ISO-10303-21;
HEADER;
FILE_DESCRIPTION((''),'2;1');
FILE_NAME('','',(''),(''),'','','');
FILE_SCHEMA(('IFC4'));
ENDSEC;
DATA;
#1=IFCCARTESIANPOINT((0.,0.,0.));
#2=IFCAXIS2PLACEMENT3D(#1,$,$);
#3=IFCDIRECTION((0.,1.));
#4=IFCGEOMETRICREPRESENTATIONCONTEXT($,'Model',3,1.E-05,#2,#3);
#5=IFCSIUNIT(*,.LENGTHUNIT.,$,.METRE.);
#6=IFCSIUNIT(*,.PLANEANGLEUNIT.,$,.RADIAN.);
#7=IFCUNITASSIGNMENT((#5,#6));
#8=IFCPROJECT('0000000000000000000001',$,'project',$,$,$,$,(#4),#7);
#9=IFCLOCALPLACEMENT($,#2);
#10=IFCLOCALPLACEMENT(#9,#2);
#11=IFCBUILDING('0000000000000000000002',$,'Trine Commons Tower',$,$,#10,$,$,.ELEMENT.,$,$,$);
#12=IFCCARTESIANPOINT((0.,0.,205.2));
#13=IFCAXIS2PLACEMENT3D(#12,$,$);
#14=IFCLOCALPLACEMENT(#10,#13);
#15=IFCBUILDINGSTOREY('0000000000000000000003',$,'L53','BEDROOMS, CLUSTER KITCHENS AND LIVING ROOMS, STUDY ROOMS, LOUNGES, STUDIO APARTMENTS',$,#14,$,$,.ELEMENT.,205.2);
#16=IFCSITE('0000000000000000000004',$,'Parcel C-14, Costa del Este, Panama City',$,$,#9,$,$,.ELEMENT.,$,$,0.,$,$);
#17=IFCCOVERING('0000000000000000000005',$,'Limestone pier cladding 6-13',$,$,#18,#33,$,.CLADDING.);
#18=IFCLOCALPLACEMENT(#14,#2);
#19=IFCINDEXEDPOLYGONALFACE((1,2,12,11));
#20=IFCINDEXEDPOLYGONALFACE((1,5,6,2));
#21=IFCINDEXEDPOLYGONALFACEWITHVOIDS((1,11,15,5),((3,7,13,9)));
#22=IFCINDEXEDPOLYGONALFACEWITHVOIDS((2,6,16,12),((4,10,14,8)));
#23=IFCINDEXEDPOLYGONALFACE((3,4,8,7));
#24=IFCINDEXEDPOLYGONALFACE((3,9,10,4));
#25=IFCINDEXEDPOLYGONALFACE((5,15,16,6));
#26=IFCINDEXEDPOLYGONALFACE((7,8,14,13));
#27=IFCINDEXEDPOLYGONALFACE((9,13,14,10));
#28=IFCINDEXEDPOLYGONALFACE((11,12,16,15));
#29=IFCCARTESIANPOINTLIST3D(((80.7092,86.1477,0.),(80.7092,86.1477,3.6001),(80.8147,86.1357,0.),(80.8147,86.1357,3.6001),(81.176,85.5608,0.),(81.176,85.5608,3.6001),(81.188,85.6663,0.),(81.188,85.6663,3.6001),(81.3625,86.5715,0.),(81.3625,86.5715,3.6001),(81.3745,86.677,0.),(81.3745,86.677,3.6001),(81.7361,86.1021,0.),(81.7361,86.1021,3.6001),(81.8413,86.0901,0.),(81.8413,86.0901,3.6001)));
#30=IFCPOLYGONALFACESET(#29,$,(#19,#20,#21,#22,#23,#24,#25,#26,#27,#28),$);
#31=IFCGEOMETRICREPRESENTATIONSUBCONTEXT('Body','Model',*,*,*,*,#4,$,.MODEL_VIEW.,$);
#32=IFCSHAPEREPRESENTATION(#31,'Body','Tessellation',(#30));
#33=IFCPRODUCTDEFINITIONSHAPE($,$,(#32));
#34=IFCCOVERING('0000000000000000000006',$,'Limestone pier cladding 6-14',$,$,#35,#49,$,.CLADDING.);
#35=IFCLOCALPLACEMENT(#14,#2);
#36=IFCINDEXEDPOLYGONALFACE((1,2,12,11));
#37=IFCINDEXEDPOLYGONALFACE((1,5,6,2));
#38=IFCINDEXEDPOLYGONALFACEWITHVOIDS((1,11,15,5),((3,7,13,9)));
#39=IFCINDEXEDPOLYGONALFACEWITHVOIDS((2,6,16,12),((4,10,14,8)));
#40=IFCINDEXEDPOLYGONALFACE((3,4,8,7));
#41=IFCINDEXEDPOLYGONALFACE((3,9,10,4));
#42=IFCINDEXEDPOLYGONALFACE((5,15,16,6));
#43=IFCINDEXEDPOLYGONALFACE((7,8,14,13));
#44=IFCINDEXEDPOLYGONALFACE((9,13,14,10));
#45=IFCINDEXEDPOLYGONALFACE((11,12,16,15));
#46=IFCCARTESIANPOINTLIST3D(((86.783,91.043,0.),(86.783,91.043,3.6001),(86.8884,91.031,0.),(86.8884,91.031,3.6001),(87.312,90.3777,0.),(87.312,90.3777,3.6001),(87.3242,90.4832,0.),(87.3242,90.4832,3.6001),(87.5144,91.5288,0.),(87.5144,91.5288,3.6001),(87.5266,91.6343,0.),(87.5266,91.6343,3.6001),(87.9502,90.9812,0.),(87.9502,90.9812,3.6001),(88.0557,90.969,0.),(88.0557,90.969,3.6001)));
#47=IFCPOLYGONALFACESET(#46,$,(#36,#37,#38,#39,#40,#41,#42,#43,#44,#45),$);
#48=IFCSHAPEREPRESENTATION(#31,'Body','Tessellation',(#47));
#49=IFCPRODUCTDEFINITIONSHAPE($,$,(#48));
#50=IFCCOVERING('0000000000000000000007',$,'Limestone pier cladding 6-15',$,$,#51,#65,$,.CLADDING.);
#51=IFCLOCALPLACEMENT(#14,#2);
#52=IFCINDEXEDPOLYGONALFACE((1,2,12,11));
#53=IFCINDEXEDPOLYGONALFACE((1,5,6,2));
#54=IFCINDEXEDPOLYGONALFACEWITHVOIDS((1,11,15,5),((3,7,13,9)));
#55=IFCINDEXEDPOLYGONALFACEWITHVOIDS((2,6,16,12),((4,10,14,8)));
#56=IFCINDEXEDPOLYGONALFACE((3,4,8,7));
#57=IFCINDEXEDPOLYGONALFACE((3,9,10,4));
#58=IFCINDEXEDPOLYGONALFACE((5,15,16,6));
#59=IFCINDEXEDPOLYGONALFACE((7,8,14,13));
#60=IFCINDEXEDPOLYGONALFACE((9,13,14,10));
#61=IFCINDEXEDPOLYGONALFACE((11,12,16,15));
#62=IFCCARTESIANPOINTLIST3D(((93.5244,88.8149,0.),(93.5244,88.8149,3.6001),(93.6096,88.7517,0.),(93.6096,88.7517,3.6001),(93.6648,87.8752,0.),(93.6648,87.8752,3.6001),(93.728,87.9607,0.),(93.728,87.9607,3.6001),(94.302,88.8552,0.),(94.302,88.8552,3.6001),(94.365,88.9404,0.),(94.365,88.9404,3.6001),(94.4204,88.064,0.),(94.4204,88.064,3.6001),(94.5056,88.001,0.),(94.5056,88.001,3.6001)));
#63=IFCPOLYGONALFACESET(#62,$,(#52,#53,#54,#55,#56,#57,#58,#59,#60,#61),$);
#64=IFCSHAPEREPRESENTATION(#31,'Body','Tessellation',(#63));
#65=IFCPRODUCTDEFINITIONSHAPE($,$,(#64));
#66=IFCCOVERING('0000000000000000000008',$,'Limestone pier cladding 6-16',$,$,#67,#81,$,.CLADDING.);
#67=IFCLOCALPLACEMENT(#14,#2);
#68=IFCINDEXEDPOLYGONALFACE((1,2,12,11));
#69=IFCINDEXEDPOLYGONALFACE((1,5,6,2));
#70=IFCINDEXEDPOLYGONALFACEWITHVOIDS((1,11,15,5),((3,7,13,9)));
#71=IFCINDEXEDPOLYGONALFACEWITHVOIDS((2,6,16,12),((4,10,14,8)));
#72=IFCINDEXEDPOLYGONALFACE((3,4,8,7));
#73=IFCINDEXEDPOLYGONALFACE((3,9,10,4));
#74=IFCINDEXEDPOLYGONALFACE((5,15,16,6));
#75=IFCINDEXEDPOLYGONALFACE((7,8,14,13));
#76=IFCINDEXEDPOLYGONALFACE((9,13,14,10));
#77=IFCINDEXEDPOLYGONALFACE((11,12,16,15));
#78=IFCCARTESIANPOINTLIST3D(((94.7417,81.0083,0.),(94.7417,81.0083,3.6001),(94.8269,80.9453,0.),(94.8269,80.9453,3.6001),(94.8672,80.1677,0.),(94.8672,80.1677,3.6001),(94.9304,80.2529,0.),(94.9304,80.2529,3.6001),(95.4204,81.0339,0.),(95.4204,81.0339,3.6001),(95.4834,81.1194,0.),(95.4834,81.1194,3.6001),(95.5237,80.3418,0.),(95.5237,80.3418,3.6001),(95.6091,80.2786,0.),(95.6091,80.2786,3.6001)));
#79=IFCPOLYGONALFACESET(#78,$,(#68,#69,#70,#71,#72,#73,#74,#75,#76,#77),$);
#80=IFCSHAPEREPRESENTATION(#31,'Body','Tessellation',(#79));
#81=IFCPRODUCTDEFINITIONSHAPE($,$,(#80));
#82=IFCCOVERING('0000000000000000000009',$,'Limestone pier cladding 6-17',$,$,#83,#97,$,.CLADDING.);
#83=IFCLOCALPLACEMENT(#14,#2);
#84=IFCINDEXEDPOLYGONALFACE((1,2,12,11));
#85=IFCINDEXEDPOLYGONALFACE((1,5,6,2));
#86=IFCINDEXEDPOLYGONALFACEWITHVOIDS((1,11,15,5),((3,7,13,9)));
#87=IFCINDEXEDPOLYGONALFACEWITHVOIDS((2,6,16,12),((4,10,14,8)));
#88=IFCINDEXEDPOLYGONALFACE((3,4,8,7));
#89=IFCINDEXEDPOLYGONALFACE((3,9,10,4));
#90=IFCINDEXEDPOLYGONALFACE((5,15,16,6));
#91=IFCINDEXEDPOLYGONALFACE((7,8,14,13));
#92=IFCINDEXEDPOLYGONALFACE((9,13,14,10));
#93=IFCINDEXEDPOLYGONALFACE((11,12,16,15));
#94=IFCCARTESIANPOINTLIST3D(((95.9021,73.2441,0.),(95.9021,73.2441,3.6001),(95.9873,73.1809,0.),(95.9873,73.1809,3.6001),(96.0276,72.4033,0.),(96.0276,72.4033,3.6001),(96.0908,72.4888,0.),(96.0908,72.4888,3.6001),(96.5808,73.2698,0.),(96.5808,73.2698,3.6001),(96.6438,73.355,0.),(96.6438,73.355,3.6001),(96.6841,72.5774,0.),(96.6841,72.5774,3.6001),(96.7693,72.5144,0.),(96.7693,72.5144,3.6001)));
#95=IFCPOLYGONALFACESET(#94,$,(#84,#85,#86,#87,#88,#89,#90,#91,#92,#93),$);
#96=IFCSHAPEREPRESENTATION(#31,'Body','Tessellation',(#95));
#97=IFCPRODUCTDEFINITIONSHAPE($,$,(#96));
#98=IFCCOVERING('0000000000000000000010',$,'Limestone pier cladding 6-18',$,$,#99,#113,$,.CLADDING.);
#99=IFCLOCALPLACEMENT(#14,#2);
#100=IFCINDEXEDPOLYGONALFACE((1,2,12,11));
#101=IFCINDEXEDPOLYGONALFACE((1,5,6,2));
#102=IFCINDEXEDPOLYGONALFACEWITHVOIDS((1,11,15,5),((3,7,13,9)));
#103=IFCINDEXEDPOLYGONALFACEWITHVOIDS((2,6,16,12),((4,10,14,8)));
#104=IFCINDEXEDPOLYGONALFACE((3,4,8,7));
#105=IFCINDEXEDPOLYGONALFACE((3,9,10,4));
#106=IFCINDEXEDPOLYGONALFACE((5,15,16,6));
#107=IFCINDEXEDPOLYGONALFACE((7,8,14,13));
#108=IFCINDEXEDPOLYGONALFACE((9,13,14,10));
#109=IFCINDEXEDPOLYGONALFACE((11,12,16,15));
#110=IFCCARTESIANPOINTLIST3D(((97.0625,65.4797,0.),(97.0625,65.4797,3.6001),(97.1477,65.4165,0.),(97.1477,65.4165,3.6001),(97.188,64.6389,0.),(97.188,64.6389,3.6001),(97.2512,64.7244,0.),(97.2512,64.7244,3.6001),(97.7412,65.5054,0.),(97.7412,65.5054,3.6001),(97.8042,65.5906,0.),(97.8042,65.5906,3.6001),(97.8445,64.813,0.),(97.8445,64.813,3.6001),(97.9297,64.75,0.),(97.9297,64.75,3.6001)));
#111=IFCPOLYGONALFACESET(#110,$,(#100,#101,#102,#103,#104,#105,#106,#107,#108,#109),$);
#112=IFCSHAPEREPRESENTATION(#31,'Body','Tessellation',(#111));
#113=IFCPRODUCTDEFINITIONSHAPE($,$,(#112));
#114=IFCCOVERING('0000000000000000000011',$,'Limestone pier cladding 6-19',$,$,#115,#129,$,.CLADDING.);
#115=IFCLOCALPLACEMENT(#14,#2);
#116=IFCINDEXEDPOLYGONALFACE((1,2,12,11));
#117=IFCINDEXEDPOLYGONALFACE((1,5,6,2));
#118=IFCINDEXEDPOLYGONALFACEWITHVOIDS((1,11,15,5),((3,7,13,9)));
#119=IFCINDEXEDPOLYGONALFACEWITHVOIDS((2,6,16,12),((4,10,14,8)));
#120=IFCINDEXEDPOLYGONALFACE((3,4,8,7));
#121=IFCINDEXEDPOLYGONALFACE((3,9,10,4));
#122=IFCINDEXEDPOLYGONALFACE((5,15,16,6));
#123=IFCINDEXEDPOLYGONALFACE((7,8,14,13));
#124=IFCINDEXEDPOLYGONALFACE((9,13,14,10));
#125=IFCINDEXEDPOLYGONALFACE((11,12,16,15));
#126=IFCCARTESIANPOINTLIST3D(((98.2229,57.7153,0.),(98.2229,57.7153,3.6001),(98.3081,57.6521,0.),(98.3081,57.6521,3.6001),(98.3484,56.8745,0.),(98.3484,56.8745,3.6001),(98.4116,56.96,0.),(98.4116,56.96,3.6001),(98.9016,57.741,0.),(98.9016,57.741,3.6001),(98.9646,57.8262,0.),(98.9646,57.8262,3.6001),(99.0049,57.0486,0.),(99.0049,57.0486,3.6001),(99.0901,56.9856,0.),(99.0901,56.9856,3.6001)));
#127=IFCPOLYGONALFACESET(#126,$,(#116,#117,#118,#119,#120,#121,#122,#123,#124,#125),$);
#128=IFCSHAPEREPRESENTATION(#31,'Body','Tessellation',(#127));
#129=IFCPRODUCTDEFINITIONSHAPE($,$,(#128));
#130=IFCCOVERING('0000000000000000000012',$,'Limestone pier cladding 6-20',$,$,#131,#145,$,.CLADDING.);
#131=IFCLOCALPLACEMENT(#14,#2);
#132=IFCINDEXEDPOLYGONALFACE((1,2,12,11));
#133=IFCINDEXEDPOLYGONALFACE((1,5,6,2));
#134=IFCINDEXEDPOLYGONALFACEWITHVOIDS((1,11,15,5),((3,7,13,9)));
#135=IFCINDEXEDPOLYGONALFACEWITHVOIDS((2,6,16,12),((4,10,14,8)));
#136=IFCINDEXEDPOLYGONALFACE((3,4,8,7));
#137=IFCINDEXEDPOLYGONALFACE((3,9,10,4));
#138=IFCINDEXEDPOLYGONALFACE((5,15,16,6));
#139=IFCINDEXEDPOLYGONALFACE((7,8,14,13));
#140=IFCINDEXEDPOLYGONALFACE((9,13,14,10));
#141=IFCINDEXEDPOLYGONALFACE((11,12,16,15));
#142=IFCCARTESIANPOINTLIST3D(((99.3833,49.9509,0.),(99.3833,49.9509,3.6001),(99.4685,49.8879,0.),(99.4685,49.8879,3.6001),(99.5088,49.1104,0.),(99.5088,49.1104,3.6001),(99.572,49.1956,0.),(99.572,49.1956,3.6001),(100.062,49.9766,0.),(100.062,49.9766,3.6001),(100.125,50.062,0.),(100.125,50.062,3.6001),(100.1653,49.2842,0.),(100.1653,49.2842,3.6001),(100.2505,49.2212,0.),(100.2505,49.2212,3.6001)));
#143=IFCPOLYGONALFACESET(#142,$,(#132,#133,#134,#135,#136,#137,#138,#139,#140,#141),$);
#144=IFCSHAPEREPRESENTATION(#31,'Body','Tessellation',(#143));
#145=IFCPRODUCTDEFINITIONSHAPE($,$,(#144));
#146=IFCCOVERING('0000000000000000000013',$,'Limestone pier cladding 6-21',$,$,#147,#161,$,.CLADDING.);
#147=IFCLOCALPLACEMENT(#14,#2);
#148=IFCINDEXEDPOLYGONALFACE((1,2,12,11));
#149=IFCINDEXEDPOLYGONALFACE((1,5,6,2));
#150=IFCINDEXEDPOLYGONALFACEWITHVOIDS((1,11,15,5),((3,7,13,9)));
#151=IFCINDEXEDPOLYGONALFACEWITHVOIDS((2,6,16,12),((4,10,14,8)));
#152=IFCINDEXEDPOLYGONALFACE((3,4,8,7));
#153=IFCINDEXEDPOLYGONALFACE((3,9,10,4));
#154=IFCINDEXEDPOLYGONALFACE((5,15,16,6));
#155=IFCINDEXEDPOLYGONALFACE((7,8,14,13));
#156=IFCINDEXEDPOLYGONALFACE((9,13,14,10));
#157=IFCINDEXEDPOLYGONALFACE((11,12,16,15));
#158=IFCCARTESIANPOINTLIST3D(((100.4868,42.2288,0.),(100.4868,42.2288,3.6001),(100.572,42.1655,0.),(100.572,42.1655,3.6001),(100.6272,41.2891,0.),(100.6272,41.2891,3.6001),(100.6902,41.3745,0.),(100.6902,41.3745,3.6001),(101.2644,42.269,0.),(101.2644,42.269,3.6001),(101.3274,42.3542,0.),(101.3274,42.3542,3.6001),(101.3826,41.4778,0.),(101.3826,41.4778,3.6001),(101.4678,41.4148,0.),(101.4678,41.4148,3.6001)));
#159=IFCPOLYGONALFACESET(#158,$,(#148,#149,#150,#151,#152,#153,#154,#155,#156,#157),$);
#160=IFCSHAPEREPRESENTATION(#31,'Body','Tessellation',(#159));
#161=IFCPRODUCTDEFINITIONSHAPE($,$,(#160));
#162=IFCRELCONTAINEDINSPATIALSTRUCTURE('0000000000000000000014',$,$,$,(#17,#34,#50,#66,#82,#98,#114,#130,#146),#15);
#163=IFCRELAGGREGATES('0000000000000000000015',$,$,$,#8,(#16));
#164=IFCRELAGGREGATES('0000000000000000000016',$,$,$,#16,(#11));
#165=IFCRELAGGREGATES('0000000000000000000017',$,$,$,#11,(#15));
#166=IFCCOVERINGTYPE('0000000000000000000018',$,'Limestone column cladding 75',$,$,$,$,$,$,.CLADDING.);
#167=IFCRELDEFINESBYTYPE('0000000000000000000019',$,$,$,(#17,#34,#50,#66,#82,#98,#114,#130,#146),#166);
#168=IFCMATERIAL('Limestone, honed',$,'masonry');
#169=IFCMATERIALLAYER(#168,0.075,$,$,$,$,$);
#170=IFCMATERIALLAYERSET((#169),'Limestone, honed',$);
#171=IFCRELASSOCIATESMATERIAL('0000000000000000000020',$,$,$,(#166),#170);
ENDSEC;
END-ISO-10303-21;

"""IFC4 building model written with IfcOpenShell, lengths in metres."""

from ifc_helpers import new_model, si_unit, direction, frame, origin, place, context, subcontext, project, spatial, polyline, outline, extrude, material, layer, layer_set, type_object, element, save


model = new_model("IFC4")

# Units and contexts
model_context = context("Model", 3, precision=1e-05, world=origin(), true_north=direction((0.0, 1.0)))
body_context = subcontext(model_context, "Body", "Model", "MODEL_VIEW")
ifc_project = project(units=[si_unit("LENGTHUNIT", "METRE"), si_unit("PLANEANGLEUNIT", "RADIAN")], contexts=[model_context])

# Site, building, storey
site_placement = place(None, origin())
site = spatial("IfcSite", under=ifc_project, at=site_placement, Name="Parcel C-14, Costa del Este, Panama City", CompositionType="ELEMENT", RefElevation=0.0)
building_placement = place(site_placement, origin())
building = spatial("IfcBuilding", under=site, at=building_placement, Name="Trine Commons Tower", CompositionType="ELEMENT")
storey_placement = place(building_placement, frame((0.0, 0.0, 205.2)))
storey = spatial("IfcBuildingStorey", under=building, at=storey_placement, Name="L53", Description="BEDROOMS, CLUSTER KITCHENS AND LIVING ROOMS, STUDY ROOMS, LOUNGES, STUDIO APARTMENTS", CompositionType="ELEMENT", Elevation=205.2)

# Coverings
ifc_material_1 = material(Name="Limestone, honed", Category="masonry")
ifc_layer_1 = layer(ifc_material_1, 0.075)
ifc_layer_set_1 = layer_set([ifc_layer_1], Name="Limestone, honed")
covering_type_1 = type_object("IfcCoveringType", Name="Limestone column cladding 75", PredefinedType="CLADDING", material=ifc_layer_set_1)
covering_1_placement = place(storey_placement, origin())
element("IfcCovering", 1, at=covering_1_placement, inside=storey, type_object=covering_type_1, Name="Limestone pier cladding 6-13", PredefinedType="CLADDING", context=body_context, shape_type="SweptSolid", body=[
    extrude(outline(polyline([(81.8413, 86.0901), (81.3745, 86.677), (80.7092, 86.1477), (81.176, 85.5608), (81.8413, 86.0901)]), holes=[polyline([(81.7361, 86.1021), (81.3625, 86.5715), (80.8147, 86.1357), (81.188, 85.6663), (81.7361, 86.1021)])]), origin(), (0.0, 0.0, 1.0), 3.6001),
])
covering_2_placement = place(storey_placement, origin())
element("IfcCovering", 2, at=covering_2_placement, inside=storey, type_object=covering_type_1, Name="Limestone pier cladding 6-14", PredefinedType="CLADDING", context=body_context, shape_type="SweptSolid", body=[
    extrude(outline(polyline([(88.0557, 90.969), (87.5266, 91.6343), (86.783, 91.043), (87.312, 90.3777), (88.0557, 90.969)]), holes=[polyline([(87.9502, 90.9812), (87.5144, 91.5288), (86.8884, 91.031), (87.3242, 90.4832), (87.9502, 90.9812)])]), origin(), (0.0, 0.0, 1.0), 3.6001),
])
covering_3_placement = place(storey_placement, origin())
element("IfcCovering", 3, at=covering_3_placement, inside=storey, type_object=covering_type_1, Name="Limestone pier cladding 6-15", PredefinedType="CLADDING", context=body_context, shape_type="SweptSolid", body=[
    extrude(outline(polyline([(94.365, 88.9404), (93.5244, 88.8149), (93.6648, 87.8752), (94.5056, 88.001), (94.365, 88.9404)]), holes=[polyline([(94.302, 88.8552), (93.6096, 88.7517), (93.728, 87.9607), (94.4204, 88.064), (94.302, 88.8552)])]), origin(), (0.0, 0.0, 1.0), 3.6001),
])
covering_4_placement = place(storey_placement, origin())
element("IfcCovering", 4, at=covering_4_placement, inside=storey, type_object=covering_type_1, Name="Limestone pier cladding 6-16", PredefinedType="CLADDING", context=body_context, shape_type="SweptSolid", body=[
    extrude(outline(polyline([(95.4834, 81.1194), (94.7417, 81.0083), (94.8672, 80.1677), (95.6091, 80.2786), (95.4834, 81.1194)]), holes=[polyline([(95.4204, 81.0339), (94.8269, 80.9453), (94.9304, 80.2529), (95.5237, 80.3418), (95.4204, 81.0339)])]), origin(), (0.0, 0.0, 1.0), 3.6001),
])
covering_5_placement = place(storey_placement, origin())
element("IfcCovering", 5, at=covering_5_placement, inside=storey, type_object=covering_type_1, Name="Limestone pier cladding 6-17", PredefinedType="CLADDING", context=body_context, shape_type="SweptSolid", body=[
    extrude(outline(polyline([(96.6438, 73.355), (95.9021, 73.2441), (96.0276, 72.4033), (96.7693, 72.5144), (96.6438, 73.355)]), holes=[polyline([(96.5808, 73.2698), (95.9873, 73.1809), (96.0908, 72.4888), (96.6841, 72.5774), (96.5808, 73.2698)])]), origin(), (0.0, 0.0, 1.0), 3.6001),
])
covering_6_placement = place(storey_placement, origin())
element("IfcCovering", 6, at=covering_6_placement, inside=storey, type_object=covering_type_1, Name="Limestone pier cladding 6-18", PredefinedType="CLADDING", context=body_context, shape_type="SweptSolid", body=[
    extrude(outline(polyline([(97.8042, 65.5906), (97.0625, 65.4797), (97.188, 64.6389), (97.9297, 64.75), (97.8042, 65.5906)]), holes=[polyline([(97.7412, 65.5054), (97.1477, 65.4165), (97.2512, 64.7244), (97.8445, 64.813), (97.7412, 65.5054)])]), origin(), (0.0, 0.0, 1.0), 3.6001),
])
covering_7_placement = place(storey_placement, origin())
element("IfcCovering", 7, at=covering_7_placement, inside=storey, type_object=covering_type_1, Name="Limestone pier cladding 6-19", PredefinedType="CLADDING", context=body_context, shape_type="SweptSolid", body=[
    extrude(outline(polyline([(98.9646, 57.8262), (98.2229, 57.7153), (98.3484, 56.8745), (99.0901, 56.9856), (98.9646, 57.8262)]), holes=[polyline([(98.9016, 57.741), (98.3081, 57.6521), (98.4116, 56.96), (99.0049, 57.0486), (98.9016, 57.741)])]), origin(), (0.0, 0.0, 1.0), 3.6001),
])
covering_8_placement = place(storey_placement, origin())
element("IfcCovering", 8, at=covering_8_placement, inside=storey, type_object=covering_type_1, Name="Limestone pier cladding 6-20", PredefinedType="CLADDING", context=body_context, shape_type="SweptSolid", body=[
    extrude(outline(polyline([(100.125, 50.062), (99.3833, 49.9509), (99.5088, 49.1104), (100.2505, 49.2212), (100.125, 50.062)]), holes=[polyline([(100.062, 49.9766), (99.4685, 49.8879), (99.572, 49.1956), (100.1653, 49.2842), (100.062, 49.9766)])]), origin(), (0.0, 0.0, 1.0), 3.6001),
])
covering_9_placement = place(storey_placement, origin())
element("IfcCovering", 9, at=covering_9_placement, inside=storey, type_object=covering_type_1, Name="Limestone pier cladding 6-21", PredefinedType="CLADDING", context=body_context, shape_type="SweptSolid", body=[
    extrude(outline(polyline([(101.3274, 42.3542), (100.4868, 42.2288), (100.6272, 41.2891), (101.4678, 41.4148), (101.3274, 42.3542)]), holes=[polyline([(101.2644, 42.269), (100.572, 42.1655), (100.6902, 41.3745), (101.3826, 41.4778), (101.2644, 42.269)])]), origin(), (0.0, 0.0, 1.0), 3.6001),
])

save(model, "model.ifc")
